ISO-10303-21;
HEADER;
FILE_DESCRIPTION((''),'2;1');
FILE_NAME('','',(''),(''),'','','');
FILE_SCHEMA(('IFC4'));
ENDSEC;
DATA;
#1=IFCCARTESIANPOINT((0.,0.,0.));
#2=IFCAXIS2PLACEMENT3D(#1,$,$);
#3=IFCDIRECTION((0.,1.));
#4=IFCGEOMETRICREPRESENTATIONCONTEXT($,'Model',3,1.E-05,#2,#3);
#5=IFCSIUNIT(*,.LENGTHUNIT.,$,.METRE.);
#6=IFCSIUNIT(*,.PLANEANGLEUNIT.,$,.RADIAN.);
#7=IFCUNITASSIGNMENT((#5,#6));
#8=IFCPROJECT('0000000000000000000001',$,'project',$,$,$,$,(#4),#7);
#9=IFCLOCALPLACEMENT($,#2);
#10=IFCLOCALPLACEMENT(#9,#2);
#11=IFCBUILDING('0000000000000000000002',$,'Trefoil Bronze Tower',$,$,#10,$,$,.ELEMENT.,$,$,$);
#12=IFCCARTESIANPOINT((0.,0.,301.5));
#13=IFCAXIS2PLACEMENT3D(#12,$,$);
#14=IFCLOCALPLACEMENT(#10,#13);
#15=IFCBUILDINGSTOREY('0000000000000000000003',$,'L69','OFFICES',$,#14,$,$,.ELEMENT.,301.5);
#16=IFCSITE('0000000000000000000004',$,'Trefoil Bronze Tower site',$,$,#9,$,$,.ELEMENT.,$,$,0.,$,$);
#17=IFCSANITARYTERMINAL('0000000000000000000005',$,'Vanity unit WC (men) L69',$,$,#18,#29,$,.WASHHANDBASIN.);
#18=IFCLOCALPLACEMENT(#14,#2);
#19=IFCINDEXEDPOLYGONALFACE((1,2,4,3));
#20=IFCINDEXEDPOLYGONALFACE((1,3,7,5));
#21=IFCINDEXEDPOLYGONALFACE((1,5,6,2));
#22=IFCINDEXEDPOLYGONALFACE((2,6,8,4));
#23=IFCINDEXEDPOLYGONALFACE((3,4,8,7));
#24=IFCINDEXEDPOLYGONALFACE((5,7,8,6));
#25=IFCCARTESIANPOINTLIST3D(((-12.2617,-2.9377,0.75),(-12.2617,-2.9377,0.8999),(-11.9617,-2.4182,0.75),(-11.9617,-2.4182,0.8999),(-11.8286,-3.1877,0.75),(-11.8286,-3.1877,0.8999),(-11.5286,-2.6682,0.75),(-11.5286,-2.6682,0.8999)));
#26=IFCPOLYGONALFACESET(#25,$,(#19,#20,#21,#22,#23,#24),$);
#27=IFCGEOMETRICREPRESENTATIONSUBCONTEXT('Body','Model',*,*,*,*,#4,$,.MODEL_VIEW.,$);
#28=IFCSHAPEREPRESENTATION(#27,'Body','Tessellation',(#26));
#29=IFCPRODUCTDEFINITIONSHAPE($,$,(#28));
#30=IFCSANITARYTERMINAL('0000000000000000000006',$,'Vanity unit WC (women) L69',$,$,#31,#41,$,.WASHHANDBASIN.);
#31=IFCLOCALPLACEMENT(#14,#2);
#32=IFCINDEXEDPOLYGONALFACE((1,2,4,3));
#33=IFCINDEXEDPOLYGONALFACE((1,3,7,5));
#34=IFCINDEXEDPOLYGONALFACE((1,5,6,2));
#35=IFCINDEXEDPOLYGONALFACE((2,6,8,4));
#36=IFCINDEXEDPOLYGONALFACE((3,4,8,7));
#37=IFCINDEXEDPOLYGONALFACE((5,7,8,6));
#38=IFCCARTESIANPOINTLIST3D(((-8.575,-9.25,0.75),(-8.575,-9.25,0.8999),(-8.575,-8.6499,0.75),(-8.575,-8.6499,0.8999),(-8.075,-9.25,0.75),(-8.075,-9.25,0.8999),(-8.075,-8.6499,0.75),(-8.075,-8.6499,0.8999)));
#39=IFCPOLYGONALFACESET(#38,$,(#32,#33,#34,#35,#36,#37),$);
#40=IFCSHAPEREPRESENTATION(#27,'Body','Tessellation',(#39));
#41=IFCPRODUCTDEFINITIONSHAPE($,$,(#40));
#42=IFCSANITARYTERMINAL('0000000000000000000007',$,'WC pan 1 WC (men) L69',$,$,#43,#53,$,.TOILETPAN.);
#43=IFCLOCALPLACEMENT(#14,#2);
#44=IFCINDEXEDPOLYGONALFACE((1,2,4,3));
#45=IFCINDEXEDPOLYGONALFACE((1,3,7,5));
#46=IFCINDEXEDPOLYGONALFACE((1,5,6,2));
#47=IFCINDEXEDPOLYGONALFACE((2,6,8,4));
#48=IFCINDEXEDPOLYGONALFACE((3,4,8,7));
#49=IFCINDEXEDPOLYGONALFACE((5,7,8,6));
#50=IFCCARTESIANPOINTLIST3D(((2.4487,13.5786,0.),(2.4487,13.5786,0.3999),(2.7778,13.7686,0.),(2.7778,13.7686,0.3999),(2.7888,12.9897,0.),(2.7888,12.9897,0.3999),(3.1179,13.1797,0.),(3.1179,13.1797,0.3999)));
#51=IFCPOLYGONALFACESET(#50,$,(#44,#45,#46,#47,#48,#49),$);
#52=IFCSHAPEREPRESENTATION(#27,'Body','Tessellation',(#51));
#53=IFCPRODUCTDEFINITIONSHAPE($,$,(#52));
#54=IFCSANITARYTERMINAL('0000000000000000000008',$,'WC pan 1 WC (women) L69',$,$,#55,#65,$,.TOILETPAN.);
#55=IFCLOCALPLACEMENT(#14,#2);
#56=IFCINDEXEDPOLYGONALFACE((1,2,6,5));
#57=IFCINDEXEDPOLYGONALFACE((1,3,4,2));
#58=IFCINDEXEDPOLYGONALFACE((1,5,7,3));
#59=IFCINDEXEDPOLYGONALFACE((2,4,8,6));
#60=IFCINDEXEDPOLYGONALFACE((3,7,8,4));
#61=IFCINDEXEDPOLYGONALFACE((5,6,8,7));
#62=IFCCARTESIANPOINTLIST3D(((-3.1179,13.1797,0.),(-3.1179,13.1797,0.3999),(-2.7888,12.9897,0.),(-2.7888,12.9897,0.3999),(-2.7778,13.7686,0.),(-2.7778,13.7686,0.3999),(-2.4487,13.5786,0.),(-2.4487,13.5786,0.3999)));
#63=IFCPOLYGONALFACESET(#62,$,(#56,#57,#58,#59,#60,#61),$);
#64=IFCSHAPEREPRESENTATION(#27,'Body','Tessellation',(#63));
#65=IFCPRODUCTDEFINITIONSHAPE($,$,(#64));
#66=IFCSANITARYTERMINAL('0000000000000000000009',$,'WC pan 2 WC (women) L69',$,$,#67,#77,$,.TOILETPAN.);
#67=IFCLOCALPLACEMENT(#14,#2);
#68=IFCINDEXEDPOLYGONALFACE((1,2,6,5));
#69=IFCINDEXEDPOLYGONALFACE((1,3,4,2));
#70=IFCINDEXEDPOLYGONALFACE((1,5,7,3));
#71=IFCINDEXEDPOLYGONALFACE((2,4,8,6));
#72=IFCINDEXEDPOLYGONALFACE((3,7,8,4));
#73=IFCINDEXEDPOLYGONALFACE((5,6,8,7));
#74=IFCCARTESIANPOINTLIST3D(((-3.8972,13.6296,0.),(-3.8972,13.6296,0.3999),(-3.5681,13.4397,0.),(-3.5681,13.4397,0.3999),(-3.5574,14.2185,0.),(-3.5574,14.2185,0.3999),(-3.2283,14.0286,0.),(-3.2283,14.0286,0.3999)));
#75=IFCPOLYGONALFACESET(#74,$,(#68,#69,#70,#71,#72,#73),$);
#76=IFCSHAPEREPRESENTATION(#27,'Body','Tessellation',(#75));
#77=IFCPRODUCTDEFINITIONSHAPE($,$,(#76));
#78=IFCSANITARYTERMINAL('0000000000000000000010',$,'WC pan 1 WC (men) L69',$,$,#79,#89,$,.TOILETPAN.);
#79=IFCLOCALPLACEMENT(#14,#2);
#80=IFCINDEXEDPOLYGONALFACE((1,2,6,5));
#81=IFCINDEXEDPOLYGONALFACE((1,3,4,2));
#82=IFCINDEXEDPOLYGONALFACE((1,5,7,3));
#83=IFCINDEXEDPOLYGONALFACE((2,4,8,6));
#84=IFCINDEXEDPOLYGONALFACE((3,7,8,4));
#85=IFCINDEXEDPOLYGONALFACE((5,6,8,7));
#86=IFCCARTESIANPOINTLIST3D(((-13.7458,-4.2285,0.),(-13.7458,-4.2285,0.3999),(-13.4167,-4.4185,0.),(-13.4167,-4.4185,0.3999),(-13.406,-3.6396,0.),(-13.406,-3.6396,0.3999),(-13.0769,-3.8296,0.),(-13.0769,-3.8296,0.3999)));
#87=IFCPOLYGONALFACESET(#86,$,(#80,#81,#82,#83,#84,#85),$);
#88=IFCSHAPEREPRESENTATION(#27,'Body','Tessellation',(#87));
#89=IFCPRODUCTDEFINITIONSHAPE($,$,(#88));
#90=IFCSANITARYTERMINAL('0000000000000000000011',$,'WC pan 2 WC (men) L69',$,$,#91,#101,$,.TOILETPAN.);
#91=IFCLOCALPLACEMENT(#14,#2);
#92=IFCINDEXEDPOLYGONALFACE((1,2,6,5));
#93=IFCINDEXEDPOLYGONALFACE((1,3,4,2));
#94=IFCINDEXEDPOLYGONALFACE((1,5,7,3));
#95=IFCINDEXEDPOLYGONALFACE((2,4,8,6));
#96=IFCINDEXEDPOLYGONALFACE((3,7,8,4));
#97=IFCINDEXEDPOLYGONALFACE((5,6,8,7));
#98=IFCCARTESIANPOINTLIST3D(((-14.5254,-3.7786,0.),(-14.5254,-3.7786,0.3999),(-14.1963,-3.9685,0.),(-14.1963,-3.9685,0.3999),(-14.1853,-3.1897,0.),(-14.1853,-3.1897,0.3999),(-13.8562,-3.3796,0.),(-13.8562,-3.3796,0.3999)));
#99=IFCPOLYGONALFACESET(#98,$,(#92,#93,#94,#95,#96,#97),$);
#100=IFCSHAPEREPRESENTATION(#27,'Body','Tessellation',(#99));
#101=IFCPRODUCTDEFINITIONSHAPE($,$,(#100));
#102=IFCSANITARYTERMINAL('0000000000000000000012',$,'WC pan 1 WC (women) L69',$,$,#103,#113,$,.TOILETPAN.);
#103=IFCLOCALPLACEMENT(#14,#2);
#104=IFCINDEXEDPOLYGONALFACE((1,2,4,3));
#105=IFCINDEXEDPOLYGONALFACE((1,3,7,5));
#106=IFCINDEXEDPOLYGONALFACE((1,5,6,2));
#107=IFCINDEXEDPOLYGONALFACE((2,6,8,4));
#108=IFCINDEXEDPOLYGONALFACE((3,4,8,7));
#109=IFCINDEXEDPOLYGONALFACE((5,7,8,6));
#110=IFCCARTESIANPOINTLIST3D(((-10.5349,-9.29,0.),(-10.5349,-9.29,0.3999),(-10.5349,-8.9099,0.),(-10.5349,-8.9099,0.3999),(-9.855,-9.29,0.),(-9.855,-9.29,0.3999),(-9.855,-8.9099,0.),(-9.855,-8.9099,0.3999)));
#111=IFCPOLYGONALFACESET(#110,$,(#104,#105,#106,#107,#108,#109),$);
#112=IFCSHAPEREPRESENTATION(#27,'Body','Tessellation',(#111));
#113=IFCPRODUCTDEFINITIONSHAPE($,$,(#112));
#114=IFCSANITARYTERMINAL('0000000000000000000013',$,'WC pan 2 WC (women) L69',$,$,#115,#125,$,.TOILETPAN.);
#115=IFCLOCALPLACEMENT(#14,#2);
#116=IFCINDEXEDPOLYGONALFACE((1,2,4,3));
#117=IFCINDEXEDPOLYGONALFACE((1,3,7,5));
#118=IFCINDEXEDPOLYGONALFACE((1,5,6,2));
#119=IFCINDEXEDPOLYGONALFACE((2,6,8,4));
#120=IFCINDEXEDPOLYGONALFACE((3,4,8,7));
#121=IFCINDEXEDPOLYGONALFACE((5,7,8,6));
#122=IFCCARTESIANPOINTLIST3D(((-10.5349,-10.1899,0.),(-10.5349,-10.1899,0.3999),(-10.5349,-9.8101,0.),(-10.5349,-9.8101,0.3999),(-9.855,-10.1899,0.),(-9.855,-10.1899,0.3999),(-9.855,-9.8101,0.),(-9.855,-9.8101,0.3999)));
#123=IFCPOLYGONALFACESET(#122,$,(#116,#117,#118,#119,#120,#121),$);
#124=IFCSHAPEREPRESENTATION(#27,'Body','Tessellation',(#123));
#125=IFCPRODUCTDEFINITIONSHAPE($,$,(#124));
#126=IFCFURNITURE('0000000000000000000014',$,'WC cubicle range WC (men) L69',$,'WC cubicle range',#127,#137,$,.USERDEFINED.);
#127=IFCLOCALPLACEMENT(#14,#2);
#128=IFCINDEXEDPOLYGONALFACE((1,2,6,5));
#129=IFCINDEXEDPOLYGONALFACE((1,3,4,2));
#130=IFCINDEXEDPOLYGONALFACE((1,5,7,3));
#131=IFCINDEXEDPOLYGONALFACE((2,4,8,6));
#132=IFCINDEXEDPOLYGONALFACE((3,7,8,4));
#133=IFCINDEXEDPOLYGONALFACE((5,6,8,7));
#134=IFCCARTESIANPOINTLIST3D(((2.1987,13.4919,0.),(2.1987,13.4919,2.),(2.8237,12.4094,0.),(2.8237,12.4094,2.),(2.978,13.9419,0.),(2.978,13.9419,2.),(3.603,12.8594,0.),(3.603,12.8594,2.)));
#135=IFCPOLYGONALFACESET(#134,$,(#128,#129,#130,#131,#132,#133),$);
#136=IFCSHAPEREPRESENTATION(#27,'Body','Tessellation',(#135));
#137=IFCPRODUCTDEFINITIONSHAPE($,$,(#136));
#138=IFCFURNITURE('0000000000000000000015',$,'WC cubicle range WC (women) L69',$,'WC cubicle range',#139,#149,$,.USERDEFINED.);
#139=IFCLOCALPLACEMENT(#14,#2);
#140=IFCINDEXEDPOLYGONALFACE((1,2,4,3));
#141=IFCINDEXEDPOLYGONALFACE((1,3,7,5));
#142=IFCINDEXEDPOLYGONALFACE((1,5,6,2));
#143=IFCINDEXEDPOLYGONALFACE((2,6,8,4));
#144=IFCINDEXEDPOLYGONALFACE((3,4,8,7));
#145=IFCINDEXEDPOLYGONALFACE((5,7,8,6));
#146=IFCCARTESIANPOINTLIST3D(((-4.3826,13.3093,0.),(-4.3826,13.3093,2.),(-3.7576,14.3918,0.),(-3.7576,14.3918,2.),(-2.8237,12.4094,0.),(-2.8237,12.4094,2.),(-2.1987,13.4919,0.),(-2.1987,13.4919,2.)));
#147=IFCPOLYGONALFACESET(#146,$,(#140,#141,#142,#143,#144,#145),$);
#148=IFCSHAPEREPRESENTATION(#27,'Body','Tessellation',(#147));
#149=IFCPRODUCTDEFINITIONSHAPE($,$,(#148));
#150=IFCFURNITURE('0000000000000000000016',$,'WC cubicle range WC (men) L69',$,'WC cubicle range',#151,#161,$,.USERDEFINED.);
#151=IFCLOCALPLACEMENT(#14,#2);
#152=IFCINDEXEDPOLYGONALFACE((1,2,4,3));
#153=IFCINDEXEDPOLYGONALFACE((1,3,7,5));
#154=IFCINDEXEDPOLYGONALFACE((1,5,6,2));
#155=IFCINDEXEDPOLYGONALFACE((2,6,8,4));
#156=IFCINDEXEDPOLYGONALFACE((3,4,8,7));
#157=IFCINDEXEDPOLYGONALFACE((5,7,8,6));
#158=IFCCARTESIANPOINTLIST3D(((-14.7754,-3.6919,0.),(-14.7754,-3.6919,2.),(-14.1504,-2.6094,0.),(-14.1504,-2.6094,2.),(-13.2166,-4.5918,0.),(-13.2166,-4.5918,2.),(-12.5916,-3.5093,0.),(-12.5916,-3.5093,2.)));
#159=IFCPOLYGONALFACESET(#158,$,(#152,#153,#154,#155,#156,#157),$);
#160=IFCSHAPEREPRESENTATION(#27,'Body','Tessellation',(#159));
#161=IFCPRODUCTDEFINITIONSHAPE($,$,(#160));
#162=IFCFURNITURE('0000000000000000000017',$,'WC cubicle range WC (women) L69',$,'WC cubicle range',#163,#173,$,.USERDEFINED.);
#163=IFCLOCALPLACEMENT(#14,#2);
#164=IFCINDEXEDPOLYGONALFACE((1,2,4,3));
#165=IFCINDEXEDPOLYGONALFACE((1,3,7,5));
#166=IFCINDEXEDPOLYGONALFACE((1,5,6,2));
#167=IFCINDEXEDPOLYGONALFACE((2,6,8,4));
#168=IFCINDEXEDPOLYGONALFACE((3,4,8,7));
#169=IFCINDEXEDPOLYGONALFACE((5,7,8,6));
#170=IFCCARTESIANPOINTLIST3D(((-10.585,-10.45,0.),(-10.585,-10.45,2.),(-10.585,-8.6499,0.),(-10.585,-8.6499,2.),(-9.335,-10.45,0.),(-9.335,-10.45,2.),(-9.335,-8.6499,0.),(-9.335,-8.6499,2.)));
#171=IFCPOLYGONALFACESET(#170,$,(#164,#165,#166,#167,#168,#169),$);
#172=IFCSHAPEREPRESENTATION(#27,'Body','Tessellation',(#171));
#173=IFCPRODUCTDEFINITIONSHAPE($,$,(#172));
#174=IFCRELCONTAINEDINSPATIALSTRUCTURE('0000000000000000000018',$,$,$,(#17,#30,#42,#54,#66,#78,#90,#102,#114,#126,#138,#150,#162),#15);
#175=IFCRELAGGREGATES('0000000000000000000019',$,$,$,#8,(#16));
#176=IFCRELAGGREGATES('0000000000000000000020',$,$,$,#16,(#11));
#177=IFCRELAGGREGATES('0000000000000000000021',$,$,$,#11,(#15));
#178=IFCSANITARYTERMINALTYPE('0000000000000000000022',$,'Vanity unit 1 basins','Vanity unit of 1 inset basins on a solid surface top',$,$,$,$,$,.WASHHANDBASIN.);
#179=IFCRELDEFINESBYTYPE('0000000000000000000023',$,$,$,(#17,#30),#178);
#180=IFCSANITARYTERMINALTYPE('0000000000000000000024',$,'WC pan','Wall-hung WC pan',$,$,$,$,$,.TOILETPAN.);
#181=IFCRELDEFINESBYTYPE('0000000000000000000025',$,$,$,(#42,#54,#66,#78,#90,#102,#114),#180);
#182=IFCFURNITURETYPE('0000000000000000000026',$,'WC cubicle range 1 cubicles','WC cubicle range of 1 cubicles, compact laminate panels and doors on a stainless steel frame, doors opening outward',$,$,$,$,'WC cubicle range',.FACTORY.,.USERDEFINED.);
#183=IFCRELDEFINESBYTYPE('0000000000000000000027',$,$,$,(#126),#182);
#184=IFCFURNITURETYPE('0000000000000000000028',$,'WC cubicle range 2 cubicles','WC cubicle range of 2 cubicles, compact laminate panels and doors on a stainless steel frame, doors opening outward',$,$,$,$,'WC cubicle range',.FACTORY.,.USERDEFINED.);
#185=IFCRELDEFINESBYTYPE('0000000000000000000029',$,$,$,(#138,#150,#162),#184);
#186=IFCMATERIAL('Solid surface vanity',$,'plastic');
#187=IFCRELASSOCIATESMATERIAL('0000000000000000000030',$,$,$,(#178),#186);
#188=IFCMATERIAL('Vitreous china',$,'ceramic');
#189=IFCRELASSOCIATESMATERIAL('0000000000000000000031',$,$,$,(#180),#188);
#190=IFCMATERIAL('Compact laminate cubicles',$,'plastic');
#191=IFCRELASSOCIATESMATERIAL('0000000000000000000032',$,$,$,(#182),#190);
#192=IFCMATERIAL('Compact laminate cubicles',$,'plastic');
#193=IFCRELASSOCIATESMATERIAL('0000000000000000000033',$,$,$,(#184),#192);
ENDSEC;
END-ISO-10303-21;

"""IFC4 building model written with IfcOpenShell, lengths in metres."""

from ifc_helpers import new_model, si_unit, direction, frame, origin, place, context, subcontext, project, spatial, polyline, outline, extrude, material, type_object, element, save


model = new_model("IFC4")

# Units and contexts
model_context = context("Model", 3, precision=1e-05, world=origin(), true_north=direction((0.0, 1.0)))
body_context = subcontext(model_context, "Body", "Model", "MODEL_VIEW")
ifc_project = project(units=[si_unit("LENGTHUNIT", "METRE"), si_unit("PLANEANGLEUNIT", "RADIAN")], contexts=[model_context])

# Site, building, storey
site_placement = place(None, origin())
site = spatial("IfcSite", under=ifc_project, at=site_placement, Name="Trefoil Bronze Tower site", CompositionType="ELEMENT", RefElevation=0.0)
building_placement = place(site_placement, origin())
building = spatial("IfcBuilding", under=site, at=building_placement, Name="Trefoil Bronze Tower", CompositionType="ELEMENT")
storey_placement = place(building_placement, frame((0.0, 0.0, 301.5)))
storey = spatial("IfcBuildingStorey", under=building, at=storey_placement, Name="L69", Description="OFFICES", CompositionType="ELEMENT", Elevation=301.5)

# Sanitary terminals
ifc_material_1 = material(Name="Solid surface vanity", Category="plastic")
sanitary_terminal_type_1 = type_object("IfcSanitaryTerminalType", Name="Vanity unit 1 basins", Description="Vanity unit of 1 inset basins on a solid surface top", PredefinedType="WASHHANDBASIN", material=ifc_material_1)
sanitary_terminal_1_placement = place(storey_placement, frame((0.0, 0.0, 0.75)))
element("IfcSanitaryTerminal", 1, at=sanitary_terminal_1_placement, inside=storey, type_object=sanitary_terminal_type_1, Name="Vanity unit WC (men) L69", PredefinedType="WASHHANDBASIN", context=body_context, shape_type="SweptSolid", body=[
    extrude(outline(polyline([(-11.5286, -2.6682), (-11.8286, -3.1877), (-12.2617, -2.9377), (-11.9617, -2.4182), (-11.5286, -2.6682)])), origin(), (0.0, 0.0, 1.0), 0.1499),
])
sanitary_terminal_2_placement = place(storey_placement, frame((0.0, 0.0, 0.75)))
element("IfcSanitaryTerminal", 2, at=sanitary_terminal_2_placement, inside=storey, type_object=sanitary_terminal_type_1, Name="Vanity unit WC (women) L69", PredefinedType="WASHHANDBASIN", context=body_context, shape_type="SweptSolid", body=[
    extrude(outline(polyline([(-8.075, -8.6499), (-8.575, -8.6499), (-8.575, -9.25), (-8.075, -9.25), (-8.075, -8.6499)])), origin(), (0.0, 0.0, 1.0), 0.1499),
])
ifc_material_2 = material(Name="Vitreous china", Category="ceramic")
sanitary_terminal_type_2 = type_object("IfcSanitaryTerminalType", Name="WC pan", Description="Wall-hung WC pan", PredefinedType="TOILETPAN", material=ifc_material_2)
sanitary_terminal_3_placement = place(storey_placement, origin())
element("IfcSanitaryTerminal", 3, at=sanitary_terminal_3_placement, inside=storey, type_object=sanitary_terminal_type_2, Name="WC pan 1 WC (men) L69", PredefinedType="TOILETPAN", context=body_context, shape_type="SweptSolid", body=[
    extrude(outline(polyline([(2.7888, 12.9897), (2.4487, 13.5786), (2.7778, 13.7686), (3.1179, 13.1797), (2.7888, 12.9897)])), origin(), (0.0, 0.0, 1.0), 0.3999),
])
sanitary_terminal_4_placement = place(storey_placement, origin())
element("IfcSanitaryTerminal", 4, at=sanitary_terminal_4_placement, inside=storey, type_object=sanitary_terminal_type_2, Name="WC pan 1 WC (women) L69", PredefinedType="TOILETPAN", context=body_context, shape_type="SweptSolid", body=[
    extrude(outline(polyline([(-2.7888, 12.9897), (-2.4487, 13.5786), (-2.7778, 13.7686), (-3.1179, 13.1797), (-2.7888, 12.9897)])), origin(), (0.0, 0.0, 1.0), 0.3999),
])
sanitary_terminal_5_placement = place(storey_placement, origin())
element("IfcSanitaryTerminal", 5, at=sanitary_terminal_5_placement, inside=storey, type_object=sanitary_terminal_type_2, Name="WC pan 2 WC (women) L69", PredefinedType="TOILETPAN", context=body_context, shape_type="SweptSolid", body=[
    extrude(outline(polyline([(-3.5681, 13.4397), (-3.2283, 14.0286), (-3.5574, 14.2185), (-3.8972, 13.6296), (-3.5681, 13.4397)])), origin(), (0.0, 0.0, 1.0), 0.3999),
])
sanitary_terminal_6_placement = place(storey_placement, origin())
element("IfcSanitaryTerminal", 6, at=sanitary_terminal_6_placement, inside=storey, type_object=sanitary_terminal_type_2, Name="WC pan 1 WC (men) L69", PredefinedType="TOILETPAN", context=body_context, shape_type="SweptSolid", body=[
    extrude(outline(polyline([(-13.0769, -3.8296), (-13.4167, -4.4185), (-13.7458, -4.2285), (-13.406, -3.6396), (-13.0769, -3.8296)])), origin(), (0.0, 0.0, 1.0), 0.3999),
])
sanitary_terminal_7_placement = place(storey_placement, origin())
element("IfcSanitaryTerminal", 7, at=sanitary_terminal_7_placement, inside=storey, type_object=sanitary_terminal_type_2, Name="WC pan 2 WC (men) L69", PredefinedType="TOILETPAN", context=body_context, shape_type="SweptSolid", body=[
    extrude(outline(polyline([(-13.8562, -3.3796), (-14.1963, -3.9685), (-14.5254, -3.7786), (-14.1853, -3.1897), (-13.8562, -3.3796)])), origin(), (0.0, 0.0, 1.0), 0.3999),
])
sanitary_terminal_8_placement = place(storey_placement, origin())
element("IfcSanitaryTerminal", 8, at=sanitary_terminal_8_placement, inside=storey, type_object=sanitary_terminal_type_2, Name="WC pan 1 WC (women) L69", PredefinedType="TOILETPAN", context=body_context, shape_type="SweptSolid", body=[
    extrude(outline(polyline([(-9.855, -8.9099), (-10.5349, -8.9099), (-10.5349, -9.29), (-9.855, -9.29), (-9.855, -8.9099)])), origin(), (0.0, 0.0, 1.0), 0.3999),
])
sanitary_terminal_9_placement = place(storey_placement, origin())
element("IfcSanitaryTerminal", 9, at=sanitary_terminal_9_placement, inside=storey, type_object=sanitary_terminal_type_2, Name="WC pan 2 WC (women) L69", PredefinedType="TOILETPAN", context=body_context, shape_type="SweptSolid", body=[
    extrude(outline(polyline([(-9.855, -9.8101), (-10.5349, -9.8101), (-10.5349, -10.1899), (-9.855, -10.1899), (-9.855, -9.8101)])), origin(), (0.0, 0.0, 1.0), 0.3999),
])

# Furniture
ifc_material_3 = material(Name="Compact laminate cubicles", Category="plastic")
furniture_type_1 = type_object("IfcFurnitureType", Name="WC cubicle range 1 cubicles", Description="WC cubicle range of 1 cubicles, compact laminate panels and doors on a stainless steel frame, doors opening outward", ElementType="WC cubicle range", AssemblyPlace="FACTORY", PredefinedType="USERDEFINED", material=ifc_material_3)
furniture_1_placement = place(storey_placement, origin())
element("IfcFurniture", 10, at=furniture_1_placement, inside=storey, type_object=furniture_type_1, Name="WC cubicle range WC (men) L69", ObjectType="WC cubicle range", PredefinedType="USERDEFINED", context=body_context, shape_type="SweptSolid", body=[
    extrude(outline(polyline([(2.8237, 12.4094), (2.1987, 13.4919), (2.978, 13.9419), (3.603, 12.8594), (2.8237, 12.4094)])), origin(), (0.0, 0.0, 1.0), 2.0),
])
ifc_material_4 = material(Name="Compact laminate cubicles", Category="plastic")
furniture_type_2 = type_object("IfcFurnitureType", Name="WC cubicle range 2 cubicles", Description="WC cubicle range of 2 cubicles, compact laminate panels and doors on a stainless steel frame, doors opening outward", ElementType="WC cubicle range", AssemblyPlace="FACTORY", PredefinedType="USERDEFINED", material=ifc_material_4)
furniture_2_placement = place(storey_placement, origin())
element("IfcFurniture", 11, at=furniture_2_placement, inside=storey, type_object=furniture_type_2, Name="WC cubicle range WC (women) L69", ObjectType="WC cubicle range", PredefinedType="USERDEFINED", context=body_context, shape_type="SweptSolid", body=[
    extrude(outline(polyline([(-2.8237, 12.4094), (-2.1987, 13.4919), (-3.7576, 14.3918), (-4.3826, 13.3093), (-2.8237, 12.4094)])), origin(), (0.0, 0.0, 1.0), 2.0),
])
furniture_3_placement = place(storey_placement, origin())
element("IfcFurniture", 12, at=furniture_3_placement, inside=storey, type_object=furniture_type_2, Name="WC cubicle range WC (men) L69", ObjectType="WC cubicle range", PredefinedType="USERDEFINED", context=body_context, shape_type="SweptSolid", body=[
    extrude(outline(polyline([(-12.5916, -3.5093), (-13.2166, -4.5918), (-14.7754, -3.6919), (-14.1504, -2.6094), (-12.5916, -3.5093)])), origin(), (0.0, 0.0, 1.0), 2.0),
])
furniture_4_placement = place(storey_placement, origin())
element("IfcFurniture", 13, at=furniture_4_placement, inside=storey, type_object=furniture_type_2, Name="WC cubicle range WC (women) L69", ObjectType="WC cubicle range", PredefinedType="USERDEFINED", context=body_context, shape_type="SweptSolid", body=[
    extrude(outline(polyline([(-9.335, -8.6499), (-10.585, -8.6499), (-10.585, -10.45), (-9.335, -10.45), (-9.335, -8.6499)])), origin(), (0.0, 0.0, 1.0), 2.0),
])

save(model, "model.ifc")
